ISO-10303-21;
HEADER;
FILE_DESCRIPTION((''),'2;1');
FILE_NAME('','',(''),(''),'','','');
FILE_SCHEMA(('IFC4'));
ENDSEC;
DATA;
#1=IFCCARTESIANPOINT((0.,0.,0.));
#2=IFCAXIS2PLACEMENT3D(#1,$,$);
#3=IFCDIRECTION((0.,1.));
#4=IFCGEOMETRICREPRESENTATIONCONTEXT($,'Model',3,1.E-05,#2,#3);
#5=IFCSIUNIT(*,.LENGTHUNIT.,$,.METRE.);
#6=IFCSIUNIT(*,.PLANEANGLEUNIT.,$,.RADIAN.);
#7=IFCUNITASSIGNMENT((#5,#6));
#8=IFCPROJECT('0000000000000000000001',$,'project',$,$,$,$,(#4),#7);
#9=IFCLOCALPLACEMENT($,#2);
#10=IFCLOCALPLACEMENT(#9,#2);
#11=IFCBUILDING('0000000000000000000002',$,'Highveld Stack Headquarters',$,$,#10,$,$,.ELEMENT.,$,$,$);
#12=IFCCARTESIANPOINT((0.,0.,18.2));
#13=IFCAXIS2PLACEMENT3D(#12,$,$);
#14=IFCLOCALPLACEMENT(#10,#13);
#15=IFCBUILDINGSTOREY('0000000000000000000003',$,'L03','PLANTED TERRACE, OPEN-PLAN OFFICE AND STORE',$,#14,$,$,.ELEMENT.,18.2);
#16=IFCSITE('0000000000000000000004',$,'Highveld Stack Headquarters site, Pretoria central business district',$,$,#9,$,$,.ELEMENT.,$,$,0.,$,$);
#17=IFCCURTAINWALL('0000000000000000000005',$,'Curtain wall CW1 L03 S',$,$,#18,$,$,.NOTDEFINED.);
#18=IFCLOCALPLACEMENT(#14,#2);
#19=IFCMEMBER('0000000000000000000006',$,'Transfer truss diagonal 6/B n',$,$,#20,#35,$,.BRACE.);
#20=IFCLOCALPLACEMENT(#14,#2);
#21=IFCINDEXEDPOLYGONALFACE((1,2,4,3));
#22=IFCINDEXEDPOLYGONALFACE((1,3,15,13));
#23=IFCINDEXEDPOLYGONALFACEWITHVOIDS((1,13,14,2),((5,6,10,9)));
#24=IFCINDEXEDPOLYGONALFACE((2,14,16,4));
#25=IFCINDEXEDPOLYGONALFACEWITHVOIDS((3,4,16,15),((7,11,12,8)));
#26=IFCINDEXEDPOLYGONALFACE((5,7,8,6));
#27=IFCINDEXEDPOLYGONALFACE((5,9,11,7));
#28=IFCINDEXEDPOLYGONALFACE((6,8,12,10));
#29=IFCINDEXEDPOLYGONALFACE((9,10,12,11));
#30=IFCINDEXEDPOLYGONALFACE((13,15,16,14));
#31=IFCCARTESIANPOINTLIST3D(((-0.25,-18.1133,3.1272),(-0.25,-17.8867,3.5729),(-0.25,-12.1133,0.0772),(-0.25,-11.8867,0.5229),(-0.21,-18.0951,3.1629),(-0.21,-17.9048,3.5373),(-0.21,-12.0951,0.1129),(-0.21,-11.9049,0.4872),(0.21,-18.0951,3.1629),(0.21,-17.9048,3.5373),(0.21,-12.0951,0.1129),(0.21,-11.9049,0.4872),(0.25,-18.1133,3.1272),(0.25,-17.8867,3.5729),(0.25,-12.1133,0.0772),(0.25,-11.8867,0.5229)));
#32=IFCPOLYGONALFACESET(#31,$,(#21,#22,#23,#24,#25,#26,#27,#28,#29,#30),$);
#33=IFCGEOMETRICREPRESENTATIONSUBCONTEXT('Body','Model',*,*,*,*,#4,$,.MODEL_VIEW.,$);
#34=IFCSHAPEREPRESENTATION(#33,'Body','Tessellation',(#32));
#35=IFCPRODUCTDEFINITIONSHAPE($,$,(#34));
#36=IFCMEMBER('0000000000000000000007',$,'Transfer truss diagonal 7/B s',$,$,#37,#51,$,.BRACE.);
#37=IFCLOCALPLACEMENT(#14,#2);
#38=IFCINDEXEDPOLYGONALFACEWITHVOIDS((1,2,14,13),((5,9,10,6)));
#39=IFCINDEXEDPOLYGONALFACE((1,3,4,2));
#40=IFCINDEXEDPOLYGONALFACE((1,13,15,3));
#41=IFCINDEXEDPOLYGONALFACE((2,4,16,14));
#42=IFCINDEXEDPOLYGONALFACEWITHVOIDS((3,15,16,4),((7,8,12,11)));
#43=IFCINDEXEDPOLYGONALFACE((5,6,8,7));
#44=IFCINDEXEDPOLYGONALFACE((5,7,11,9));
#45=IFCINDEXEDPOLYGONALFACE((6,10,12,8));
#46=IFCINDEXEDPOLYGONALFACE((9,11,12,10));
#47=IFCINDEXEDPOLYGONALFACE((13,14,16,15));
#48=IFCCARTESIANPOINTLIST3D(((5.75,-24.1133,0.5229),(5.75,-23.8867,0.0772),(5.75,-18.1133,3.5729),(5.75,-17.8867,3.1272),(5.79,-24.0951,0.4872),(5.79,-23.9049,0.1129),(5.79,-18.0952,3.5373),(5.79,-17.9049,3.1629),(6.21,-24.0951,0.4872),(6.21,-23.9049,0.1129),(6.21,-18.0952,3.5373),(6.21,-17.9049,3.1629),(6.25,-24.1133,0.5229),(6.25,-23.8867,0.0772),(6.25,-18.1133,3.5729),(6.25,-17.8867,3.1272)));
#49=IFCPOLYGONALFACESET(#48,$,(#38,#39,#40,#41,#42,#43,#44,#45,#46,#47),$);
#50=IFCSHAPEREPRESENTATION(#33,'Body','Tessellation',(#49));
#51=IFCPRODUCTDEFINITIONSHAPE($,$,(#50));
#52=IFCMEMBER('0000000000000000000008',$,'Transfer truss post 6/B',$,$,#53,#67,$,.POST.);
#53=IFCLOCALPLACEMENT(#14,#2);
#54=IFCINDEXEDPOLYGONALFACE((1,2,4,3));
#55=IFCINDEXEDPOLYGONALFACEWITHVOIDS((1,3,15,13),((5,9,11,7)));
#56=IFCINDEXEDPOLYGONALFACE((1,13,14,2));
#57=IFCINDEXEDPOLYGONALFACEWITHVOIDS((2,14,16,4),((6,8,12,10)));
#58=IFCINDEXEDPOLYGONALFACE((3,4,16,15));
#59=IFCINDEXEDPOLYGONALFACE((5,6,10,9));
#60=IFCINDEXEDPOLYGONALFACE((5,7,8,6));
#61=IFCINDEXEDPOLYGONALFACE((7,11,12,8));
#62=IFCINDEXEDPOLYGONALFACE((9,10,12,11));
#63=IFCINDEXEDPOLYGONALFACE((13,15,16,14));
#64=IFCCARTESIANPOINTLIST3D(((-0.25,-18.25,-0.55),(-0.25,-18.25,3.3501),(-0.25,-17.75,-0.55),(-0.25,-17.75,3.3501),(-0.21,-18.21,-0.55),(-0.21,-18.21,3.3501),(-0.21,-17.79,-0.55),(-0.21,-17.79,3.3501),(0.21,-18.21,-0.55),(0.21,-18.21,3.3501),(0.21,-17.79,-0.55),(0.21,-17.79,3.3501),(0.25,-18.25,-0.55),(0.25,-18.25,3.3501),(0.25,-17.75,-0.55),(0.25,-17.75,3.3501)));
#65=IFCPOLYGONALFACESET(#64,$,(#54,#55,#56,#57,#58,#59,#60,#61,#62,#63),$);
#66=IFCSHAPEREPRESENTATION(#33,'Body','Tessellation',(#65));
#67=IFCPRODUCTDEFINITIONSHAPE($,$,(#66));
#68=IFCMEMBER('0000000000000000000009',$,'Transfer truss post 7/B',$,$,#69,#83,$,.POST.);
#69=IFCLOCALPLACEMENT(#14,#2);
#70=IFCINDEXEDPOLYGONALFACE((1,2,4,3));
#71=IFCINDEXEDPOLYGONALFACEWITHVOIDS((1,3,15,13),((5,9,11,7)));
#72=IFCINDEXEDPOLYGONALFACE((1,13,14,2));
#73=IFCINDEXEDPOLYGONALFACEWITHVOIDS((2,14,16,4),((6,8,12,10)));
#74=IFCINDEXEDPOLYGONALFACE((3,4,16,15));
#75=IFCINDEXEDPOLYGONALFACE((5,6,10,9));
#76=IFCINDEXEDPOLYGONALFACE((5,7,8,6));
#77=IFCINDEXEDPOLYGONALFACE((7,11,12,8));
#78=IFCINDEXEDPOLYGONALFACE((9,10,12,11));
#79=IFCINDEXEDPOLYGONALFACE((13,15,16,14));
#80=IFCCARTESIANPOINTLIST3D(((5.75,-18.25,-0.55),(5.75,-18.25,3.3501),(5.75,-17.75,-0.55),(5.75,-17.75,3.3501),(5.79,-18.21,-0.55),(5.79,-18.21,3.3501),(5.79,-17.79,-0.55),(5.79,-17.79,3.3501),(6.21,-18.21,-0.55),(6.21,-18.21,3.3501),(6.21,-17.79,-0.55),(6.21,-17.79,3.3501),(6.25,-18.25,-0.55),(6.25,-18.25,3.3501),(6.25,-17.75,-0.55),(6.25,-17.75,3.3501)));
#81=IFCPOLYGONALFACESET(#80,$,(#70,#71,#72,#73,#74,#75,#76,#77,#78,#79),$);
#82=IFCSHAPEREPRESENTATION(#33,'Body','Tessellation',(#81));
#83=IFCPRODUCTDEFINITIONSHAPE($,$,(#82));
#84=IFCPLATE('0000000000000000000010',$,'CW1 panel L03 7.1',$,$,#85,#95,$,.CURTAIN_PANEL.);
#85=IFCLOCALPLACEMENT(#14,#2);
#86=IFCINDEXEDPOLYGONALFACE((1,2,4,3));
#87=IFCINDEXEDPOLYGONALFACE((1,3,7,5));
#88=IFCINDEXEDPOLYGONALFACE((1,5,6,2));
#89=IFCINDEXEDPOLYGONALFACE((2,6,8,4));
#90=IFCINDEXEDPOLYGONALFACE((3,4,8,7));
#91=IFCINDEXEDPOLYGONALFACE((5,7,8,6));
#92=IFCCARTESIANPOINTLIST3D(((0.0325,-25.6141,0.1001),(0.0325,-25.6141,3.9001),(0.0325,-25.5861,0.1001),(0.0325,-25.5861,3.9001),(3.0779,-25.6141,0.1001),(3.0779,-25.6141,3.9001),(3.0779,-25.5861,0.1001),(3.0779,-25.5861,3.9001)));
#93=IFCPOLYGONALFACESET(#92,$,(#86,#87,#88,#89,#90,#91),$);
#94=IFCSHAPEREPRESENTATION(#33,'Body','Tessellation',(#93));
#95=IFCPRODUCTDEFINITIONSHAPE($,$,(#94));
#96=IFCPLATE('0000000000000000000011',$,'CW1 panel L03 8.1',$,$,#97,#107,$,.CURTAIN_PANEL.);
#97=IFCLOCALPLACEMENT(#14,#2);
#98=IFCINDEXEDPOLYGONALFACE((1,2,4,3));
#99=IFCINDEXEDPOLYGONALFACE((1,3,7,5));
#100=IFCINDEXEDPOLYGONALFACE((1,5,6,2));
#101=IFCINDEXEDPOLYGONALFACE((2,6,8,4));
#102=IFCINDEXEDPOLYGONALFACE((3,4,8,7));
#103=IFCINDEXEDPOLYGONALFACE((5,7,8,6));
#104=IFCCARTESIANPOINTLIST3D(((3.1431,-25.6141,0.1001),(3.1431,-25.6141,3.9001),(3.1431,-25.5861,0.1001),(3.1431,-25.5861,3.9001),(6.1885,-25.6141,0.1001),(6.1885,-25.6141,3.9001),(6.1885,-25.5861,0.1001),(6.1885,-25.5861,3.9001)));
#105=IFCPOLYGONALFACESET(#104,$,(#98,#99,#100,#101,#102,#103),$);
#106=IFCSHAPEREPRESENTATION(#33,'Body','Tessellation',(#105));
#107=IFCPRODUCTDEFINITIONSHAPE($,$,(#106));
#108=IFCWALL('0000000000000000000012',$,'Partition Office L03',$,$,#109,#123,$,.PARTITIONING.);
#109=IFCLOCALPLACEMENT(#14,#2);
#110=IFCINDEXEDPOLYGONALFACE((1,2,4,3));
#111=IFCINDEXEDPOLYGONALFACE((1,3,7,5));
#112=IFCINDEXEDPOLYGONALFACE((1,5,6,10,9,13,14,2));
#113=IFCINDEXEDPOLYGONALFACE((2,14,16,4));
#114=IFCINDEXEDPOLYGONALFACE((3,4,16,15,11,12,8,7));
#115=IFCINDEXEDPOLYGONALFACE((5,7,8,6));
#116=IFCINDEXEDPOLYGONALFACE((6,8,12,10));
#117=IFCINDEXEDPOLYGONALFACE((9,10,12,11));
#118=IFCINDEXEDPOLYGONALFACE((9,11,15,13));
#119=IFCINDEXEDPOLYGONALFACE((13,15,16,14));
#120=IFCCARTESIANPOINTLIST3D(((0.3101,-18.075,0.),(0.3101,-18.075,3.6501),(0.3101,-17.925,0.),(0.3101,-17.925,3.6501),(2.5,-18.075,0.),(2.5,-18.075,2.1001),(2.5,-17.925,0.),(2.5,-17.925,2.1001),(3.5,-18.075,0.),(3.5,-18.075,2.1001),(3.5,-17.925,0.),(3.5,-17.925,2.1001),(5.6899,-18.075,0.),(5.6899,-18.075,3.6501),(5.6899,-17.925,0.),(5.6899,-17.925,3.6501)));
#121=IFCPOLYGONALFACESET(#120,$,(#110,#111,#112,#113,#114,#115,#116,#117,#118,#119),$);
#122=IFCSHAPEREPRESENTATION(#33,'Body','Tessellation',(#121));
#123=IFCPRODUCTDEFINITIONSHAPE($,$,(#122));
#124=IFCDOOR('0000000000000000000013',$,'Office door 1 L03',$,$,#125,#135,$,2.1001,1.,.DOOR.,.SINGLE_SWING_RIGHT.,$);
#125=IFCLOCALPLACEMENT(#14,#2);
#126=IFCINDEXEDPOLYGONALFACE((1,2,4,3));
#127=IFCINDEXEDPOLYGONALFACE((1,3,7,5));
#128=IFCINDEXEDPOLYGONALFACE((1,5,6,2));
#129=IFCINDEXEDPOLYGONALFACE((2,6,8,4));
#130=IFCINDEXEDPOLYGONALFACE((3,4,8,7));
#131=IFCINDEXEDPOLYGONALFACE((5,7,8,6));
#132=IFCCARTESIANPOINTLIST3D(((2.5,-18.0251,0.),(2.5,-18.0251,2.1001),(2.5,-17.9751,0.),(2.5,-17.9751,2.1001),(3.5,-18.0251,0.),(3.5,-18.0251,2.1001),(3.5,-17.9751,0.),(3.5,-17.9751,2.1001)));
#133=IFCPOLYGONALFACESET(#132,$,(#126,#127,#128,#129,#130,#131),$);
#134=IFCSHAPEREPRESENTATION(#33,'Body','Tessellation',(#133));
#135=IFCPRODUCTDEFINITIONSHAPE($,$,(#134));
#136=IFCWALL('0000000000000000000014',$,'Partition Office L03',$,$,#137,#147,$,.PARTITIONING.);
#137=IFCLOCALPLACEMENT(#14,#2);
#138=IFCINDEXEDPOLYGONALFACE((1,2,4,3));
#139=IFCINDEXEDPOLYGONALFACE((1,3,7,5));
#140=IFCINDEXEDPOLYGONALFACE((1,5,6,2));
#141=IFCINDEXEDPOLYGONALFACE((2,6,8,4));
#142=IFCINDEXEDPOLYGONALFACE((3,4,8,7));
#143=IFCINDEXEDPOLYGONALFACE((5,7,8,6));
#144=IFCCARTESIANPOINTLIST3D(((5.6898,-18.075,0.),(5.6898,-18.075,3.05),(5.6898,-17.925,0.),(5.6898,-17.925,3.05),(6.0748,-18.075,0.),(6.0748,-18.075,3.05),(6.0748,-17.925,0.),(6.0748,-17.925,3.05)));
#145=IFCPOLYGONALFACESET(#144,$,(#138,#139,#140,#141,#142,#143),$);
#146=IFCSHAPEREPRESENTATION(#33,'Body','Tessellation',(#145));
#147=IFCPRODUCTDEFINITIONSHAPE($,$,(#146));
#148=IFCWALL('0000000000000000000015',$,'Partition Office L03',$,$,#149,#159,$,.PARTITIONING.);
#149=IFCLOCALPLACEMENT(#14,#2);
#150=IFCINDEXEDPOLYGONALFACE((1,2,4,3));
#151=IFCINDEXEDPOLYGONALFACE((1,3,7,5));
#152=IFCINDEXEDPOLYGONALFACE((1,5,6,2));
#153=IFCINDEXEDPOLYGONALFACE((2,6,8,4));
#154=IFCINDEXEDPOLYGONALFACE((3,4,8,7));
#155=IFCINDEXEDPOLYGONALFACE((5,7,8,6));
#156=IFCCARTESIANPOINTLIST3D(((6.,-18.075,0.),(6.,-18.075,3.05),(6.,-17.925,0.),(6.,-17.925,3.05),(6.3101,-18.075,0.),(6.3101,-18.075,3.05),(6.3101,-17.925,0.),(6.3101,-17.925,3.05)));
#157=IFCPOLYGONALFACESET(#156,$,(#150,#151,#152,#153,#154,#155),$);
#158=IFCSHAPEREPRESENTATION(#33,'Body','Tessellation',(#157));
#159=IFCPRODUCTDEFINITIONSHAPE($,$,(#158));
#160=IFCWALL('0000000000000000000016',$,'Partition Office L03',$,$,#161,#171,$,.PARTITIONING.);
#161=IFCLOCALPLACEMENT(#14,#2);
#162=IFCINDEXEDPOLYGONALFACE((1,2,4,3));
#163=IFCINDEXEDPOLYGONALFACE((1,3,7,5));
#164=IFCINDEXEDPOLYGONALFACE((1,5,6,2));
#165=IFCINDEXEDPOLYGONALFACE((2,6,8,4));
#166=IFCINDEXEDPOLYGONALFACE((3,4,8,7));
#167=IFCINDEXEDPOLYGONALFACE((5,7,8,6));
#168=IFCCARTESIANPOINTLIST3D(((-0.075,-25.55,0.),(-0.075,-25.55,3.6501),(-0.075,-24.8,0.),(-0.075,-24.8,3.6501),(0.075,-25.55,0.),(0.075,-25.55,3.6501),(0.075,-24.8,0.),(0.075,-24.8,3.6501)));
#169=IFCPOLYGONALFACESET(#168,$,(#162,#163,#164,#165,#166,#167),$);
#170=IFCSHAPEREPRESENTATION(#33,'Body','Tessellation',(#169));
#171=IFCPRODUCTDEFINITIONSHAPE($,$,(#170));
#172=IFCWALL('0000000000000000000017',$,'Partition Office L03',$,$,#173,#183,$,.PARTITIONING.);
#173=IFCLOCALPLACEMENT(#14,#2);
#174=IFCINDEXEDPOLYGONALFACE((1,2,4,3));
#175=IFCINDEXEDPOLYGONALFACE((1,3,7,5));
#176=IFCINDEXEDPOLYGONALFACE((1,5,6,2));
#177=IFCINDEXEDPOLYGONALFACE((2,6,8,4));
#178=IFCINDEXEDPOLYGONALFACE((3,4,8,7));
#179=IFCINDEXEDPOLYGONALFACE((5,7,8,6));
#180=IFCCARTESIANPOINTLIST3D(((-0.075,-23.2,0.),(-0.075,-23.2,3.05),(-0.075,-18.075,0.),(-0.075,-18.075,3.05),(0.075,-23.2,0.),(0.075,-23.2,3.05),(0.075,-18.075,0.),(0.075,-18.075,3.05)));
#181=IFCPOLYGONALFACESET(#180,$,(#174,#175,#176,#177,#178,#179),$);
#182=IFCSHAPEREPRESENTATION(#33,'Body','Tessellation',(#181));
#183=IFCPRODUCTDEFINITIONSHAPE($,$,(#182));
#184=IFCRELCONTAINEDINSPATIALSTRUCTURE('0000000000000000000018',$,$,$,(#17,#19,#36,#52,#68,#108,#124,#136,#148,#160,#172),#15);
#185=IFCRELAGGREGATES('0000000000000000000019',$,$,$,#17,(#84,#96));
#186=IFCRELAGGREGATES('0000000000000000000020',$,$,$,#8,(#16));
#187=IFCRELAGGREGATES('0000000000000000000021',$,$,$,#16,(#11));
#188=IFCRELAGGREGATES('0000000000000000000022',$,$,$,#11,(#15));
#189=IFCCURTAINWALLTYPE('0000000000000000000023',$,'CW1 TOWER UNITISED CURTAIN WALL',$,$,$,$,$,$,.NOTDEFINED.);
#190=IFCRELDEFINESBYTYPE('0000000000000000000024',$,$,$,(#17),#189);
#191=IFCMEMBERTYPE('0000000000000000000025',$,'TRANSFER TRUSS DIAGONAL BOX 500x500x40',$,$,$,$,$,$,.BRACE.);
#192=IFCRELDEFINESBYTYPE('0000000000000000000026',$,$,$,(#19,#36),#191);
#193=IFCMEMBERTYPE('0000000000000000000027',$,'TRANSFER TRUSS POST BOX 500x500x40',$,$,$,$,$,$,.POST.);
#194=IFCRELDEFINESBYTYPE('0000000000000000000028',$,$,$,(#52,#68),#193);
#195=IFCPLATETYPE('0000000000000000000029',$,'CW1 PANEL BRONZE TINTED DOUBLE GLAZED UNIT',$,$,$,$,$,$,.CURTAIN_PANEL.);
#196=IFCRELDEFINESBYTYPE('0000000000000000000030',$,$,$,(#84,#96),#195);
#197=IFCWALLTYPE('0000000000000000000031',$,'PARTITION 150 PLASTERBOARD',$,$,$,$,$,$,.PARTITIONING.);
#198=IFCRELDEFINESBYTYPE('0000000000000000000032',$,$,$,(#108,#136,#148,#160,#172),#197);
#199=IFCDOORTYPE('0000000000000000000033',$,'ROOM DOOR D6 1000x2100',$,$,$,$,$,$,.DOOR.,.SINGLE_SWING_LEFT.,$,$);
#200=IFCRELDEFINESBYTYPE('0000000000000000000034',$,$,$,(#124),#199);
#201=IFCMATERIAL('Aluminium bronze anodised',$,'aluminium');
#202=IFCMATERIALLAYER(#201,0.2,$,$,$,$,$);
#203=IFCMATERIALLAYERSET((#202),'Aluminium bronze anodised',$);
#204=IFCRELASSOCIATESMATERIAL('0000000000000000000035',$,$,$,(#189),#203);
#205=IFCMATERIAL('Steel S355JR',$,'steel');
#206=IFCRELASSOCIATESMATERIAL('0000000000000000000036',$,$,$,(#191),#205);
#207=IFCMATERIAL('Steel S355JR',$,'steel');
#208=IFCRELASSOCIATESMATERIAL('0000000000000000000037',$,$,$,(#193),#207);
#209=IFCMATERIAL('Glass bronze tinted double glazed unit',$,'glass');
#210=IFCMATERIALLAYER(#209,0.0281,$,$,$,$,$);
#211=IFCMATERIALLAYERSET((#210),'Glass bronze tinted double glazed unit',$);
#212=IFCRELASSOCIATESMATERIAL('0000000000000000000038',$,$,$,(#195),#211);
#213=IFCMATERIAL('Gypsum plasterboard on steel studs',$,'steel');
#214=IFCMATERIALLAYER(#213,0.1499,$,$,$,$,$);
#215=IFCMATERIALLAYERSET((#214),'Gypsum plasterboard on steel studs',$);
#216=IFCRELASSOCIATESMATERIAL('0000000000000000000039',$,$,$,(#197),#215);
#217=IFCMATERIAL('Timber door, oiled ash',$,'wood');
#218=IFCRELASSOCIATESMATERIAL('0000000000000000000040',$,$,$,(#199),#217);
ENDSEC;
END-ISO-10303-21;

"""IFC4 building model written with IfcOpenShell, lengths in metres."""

from ifc_helpers import new_model, si_unit, direction, frame, frame_2d, origin, origin_2d, place, context, subcontext, project, spatial, rectangle, hollow_rectangle, extrude, material, layer, layer_set, material_profile, profile_set, type_object, element, fill, aggregate, save


model = new_model("IFC4")

# Units and contexts
model_context = context("Model", 3, precision=1e-05, world=origin(), true_north=direction((0.0, 1.0)))
body_context = subcontext(model_context, "Body", "Model", "MODEL_VIEW")
ifc_project = project(units=[si_unit("LENGTHUNIT", "METRE"), si_unit("PLANEANGLEUNIT", "RADIAN")], contexts=[model_context])

# Site, building, storey
site_placement = place(None, origin())
site = spatial("IfcSite", under=ifc_project, at=site_placement, Name="Highveld Stack Headquarters site, Pretoria central business district", CompositionType="ELEMENT", RefElevation=0.0)
building_placement = place(site_placement, origin())
building = spatial("IfcBuilding", under=site, at=building_placement, Name="Highveld Stack Headquarters", CompositionType="ELEMENT")
storey_placement = place(building_placement, frame((0.0, 0.0, 18.2)))
storey = spatial("IfcBuildingStorey", under=building, at=storey_placement, Name="L03", Description="PLANTED TERRACE, OPEN-PLAN OFFICE AND STORE", CompositionType="ELEMENT", Elevation=18.2)

# Curtain wall
ifc_material_1 = material(Name="Aluminium bronze anodised", Category="aluminium")
ifc_layer_1 = layer(ifc_material_1, 0.2)
ifc_layer_set_1 = layer_set([ifc_layer_1], Name="Aluminium bronze anodised")
curtain_wall_type = type_object("IfcCurtainWallType", Name="CW1 TOWER UNITISED CURTAIN WALL", PredefinedType="NOTDEFINED", material=ifc_layer_set_1)
curtain_wall_placement = place(storey_placement, origin())
curtain_wall = element("IfcCurtainWall", 1, at=curtain_wall_placement, inside=storey, type_object=curtain_wall_type, Name="Curtain wall CW1 L03 S", PredefinedType="NOTDEFINED")

# Members
ifc_material_2 = material(Name="Steel S355JR", Category="steel")
ifc_material_profile_1 = material_profile(ifc_material_2, hollow_rectangle(XDim=0.5, YDim=0.5, WallThickness=0.04, at=origin_2d()), Name="BOX 500x500x40")
ifc_profile_set_1 = profile_set([ifc_material_profile_1], Name="Steel S355JR")
member_type_1 = type_object("IfcMemberType", Name="TRANSFER TRUSS DIAGONAL BOX 500x500x40", PredefinedType="BRACE", material=ifc_profile_set_1)
for number, where, z_axis, x_axis, name in (
    (2, (0.0, -12.0, 0.3), (0.0, -0.891433, 0.453152), (1.0, 0.0, 0.0), "Transfer truss diagonal 6/B n"),
    (3, (6.0, -24.0, 0.3), (0.0, 0.891433, 0.453152), (-1.0, 0.0, 0.0), "Transfer truss diagonal 7/B s"),
):
    element("IfcMember", number, at=place(storey_placement, frame(where, z_axis=z_axis, x_axis=x_axis)), inside=storey, type_object=member_type_1, Name=name, PredefinedType="BRACE", context=body_context, shape_type="SweptSolid", body=[
        extrude(hollow_rectangle(XDim=0.5, YDim=0.5, WallThickness=0.04, at=origin_2d()), origin(), (0.0, 0.0, 1.0), 6.7307),
    ])
ifc_material_3 = material(Name="Steel S355JR", Category="steel")
ifc_material_profile_2 = material_profile(ifc_material_3, hollow_rectangle(XDim=0.5, YDim=0.5, WallThickness=0.04, at=origin_2d()), Name="BOX 500x500x40")
ifc_profile_set_2 = profile_set([ifc_material_profile_2], Name="Steel S355JR")
member_type_2 = type_object("IfcMemberType", Name="TRANSFER TRUSS POST BOX 500x500x40", PredefinedType="POST", material=ifc_profile_set_2)
for number, where, z_axis, x_axis, name in (
    (4, (0.0, -18.0, -0.55), (0.0, 0.0, 1.0), (1.0, 0.0, 0.0), "Transfer truss post 6/B"),
    (5, (6.0, -18.0, -0.55), (0.0, 0.0, 1.0), (1.0, 0.0, 0.0), "Transfer truss post 7/B"),
):
    element("IfcMember", number, at=place(storey_placement, frame(where, z_axis=z_axis, x_axis=x_axis)), inside=storey, type_object=member_type_2, Name=name, PredefinedType="POST", context=body_context, shape_type="SweptSolid", body=[
        extrude(hollow_rectangle(XDim=0.5, YDim=0.5, WallThickness=0.04, at=origin_2d()), origin(), (0.0, 0.0, 1.0), 3.9001),
    ])

# Plates
ifc_material_4 = material(Name="Glass bronze tinted double glazed unit", Category="glass")
ifc_layer_2 = layer(ifc_material_4, 0.0281)
ifc_layer_set_2 = layer_set([ifc_layer_2], Name="Glass bronze tinted double glazed unit")
plate_type = type_object("IfcPlateType", Name="CW1 PANEL BRONZE TINTED DOUBLE GLAZED UNIT", PredefinedType="CURTAIN_PANEL", material=ifc_layer_set_2)
plate_1_placement = place(storey_placement, frame((1.5552, -25.6001, 0.1001), z_axis=(0.0, 0.0, 1.0), x_axis=(1.0, 0.0, 0.0)))
plate_1 = element("IfcPlate", 6, at=plate_1_placement, type_object=plate_type, Name="CW1 panel L03 7.1", PredefinedType="CURTAIN_PANEL", context=body_context, shape_type="SweptSolid", body=[
    extrude(rectangle(XDim=3.0454, YDim=0.0281, at=origin_2d()), origin(), (0.0, 0.0, 1.0), 3.8),
])
plate_2_placement = place(storey_placement, frame((4.6658, -25.6001, 0.1001), z_axis=(0.0, 0.0, 1.0), x_axis=(1.0, 0.0, 0.0)))
plate_2 = element("IfcPlate", 7, at=plate_2_placement, type_object=plate_type, Name="CW1 panel L03 8.1", PredefinedType="CURTAIN_PANEL", context=body_context, shape_type="SweptSolid", body=[
    extrude(rectangle(XDim=3.0454, YDim=0.0281, at=origin_2d()), origin(), (0.0, 0.0, 1.0), 3.8),
])
aggregate(curtain_wall, [plate_1, plate_2])

# Wall, opening, door
ifc_material_5 = material(Name="Gypsum plasterboard on steel studs", Category="steel")
ifc_layer_3 = layer(ifc_material_5, 0.1499)
ifc_layer_set_3 = layer_set([ifc_layer_3], Name="Gypsum plasterboard on steel studs")
wall_type = type_object("IfcWallType", Name="PARTITION 150 PLASTERBOARD", PredefinedType="PARTITIONING", material=ifc_layer_set_3)
wall_1_placement = place(storey_placement, frame((0.3101, -18.0, 0.0), z_axis=(0.0, 0.0, 1.0), x_axis=(1.0, 0.0, 0.0)))
wall_1 = element("IfcWall", 8, at=wall_1_placement, inside=storey, type_object=wall_type, Name="Partition Office L03", PredefinedType="PARTITIONING", context=body_context, shape_type="SweptSolid", body=[
    extrude(rectangle(XDim=5.3799, YDim=0.1499, at=frame_2d((2.6899, 0.0))), origin(), (0.0, 0.0, 1.0), 3.6501),
])
opening_placement = place(wall_1_placement, frame((2.1899, 0.0, 0.0)))
opening = element("IfcOpeningElement", 9, at=opening_placement, cuts=wall_1, PredefinedType="OPENING", context=body_context, shape_type="SweptSolid", body=[
    extrude(rectangle(XDim=1.0, YDim=2.1001, at=frame_2d((0.5, 1.05))), frame((0.0, 0.085, 0.0), z_axis=(0.0, -1.0, 0.0), x_axis=(1.0, 0.0, 0.0)), (0.0, 0.0, 1.0), 0.1699),
])
ifc_material_6 = material(Name="Timber door, oiled ash", Category="wood")
door_type = type_object("IfcDoorType", Name="ROOM DOOR D6 1000x2100", OperationType="SINGLE_SWING_LEFT", PredefinedType="DOOR", material=ifc_material_6)
door_placement = place(opening_placement, origin())
door = element("IfcDoor", 10, at=door_placement, inside=storey, type_object=door_type, Name="Office door 1 L03", OperationType="SINGLE_SWING_RIGHT", OverallHeight=2.1001, OverallWidth=1.0, PredefinedType="DOOR", context=body_context, shape_type="SweptSolid", body=[
    extrude(rectangle(XDim=1.0, YDim=2.1001, at=frame_2d((0.5, 1.05))), frame((0.0, 0.0249, 0.0), z_axis=(0.0, -1.0, 0.0), x_axis=(1.0, 0.0, 0.0)), (0.0, 0.0, 1.0), 0.05),
])
fill(opening, door)

# Walls
wall_2_placement = place(storey_placement, frame((5.6899, -18.0, 0.0), z_axis=(0.0, 0.0, 1.0), x_axis=(1.0, 0.0, 0.0)))
element("IfcWall", 11, at=wall_2_placement, inside=storey, type_object=wall_type, Name="Partition Office L03", PredefinedType="PARTITIONING", context=body_context, shape_type="SweptSolid", body=[
    extrude(rectangle(XDim=0.385, YDim=0.1499, at=frame_2d((0.1924, 0.0))), origin(), (0.0, 0.0, 1.0), 3.05),
])
wall_3_placement = place(storey_placement, frame((6.0, -18.0, 0.0), z_axis=(0.0, 0.0, 1.0), x_axis=(1.0, 0.0, 0.0)))
element("IfcWall", 12, at=wall_3_placement, inside=storey, type_object=wall_type, Name="Partition Office L03", PredefinedType="PARTITIONING", context=body_context, shape_type="SweptSolid", body=[
    extrude(rectangle(XDim=0.3101, YDim=0.1499, at=frame_2d((0.155, 0.0))), origin(), (0.0, 0.0, 1.0), 3.05),
])
wall_4_placement = place(storey_placement, frame((0.0, -25.55, 0.0), z_axis=(0.0, 0.0, 1.0), x_axis=(0.0, 1.0, 0.0)))
element("IfcWall", 13, at=wall_4_placement, inside=storey, type_object=wall_type, Name="Partition Office L03", PredefinedType="PARTITIONING", context=body_context, shape_type="SweptSolid", body=[
    extrude(rectangle(XDim=0.75, YDim=0.1499, at=frame_2d((0.375, 0.0))), origin(), (0.0, 0.0, 1.0), 3.6501),
])
wall_5_placement = place(storey_placement, frame((0.0, -23.2, 0.0), z_axis=(0.0, 0.0, 1.0), x_axis=(0.0, 1.0, 0.0)))
element("IfcWall", 14, at=wall_5_placement, inside=storey, type_object=wall_type, Name="Partition Office L03", PredefinedType="PARTITIONING", context=body_context, shape_type="SweptSolid", body=[
    extrude(rectangle(XDim=5.125, YDim=0.1499, at=frame_2d((2.5625, 0.0))), origin(), (0.0, 0.0, 1.0), 3.05),
])

save(model, "model.ifc")
